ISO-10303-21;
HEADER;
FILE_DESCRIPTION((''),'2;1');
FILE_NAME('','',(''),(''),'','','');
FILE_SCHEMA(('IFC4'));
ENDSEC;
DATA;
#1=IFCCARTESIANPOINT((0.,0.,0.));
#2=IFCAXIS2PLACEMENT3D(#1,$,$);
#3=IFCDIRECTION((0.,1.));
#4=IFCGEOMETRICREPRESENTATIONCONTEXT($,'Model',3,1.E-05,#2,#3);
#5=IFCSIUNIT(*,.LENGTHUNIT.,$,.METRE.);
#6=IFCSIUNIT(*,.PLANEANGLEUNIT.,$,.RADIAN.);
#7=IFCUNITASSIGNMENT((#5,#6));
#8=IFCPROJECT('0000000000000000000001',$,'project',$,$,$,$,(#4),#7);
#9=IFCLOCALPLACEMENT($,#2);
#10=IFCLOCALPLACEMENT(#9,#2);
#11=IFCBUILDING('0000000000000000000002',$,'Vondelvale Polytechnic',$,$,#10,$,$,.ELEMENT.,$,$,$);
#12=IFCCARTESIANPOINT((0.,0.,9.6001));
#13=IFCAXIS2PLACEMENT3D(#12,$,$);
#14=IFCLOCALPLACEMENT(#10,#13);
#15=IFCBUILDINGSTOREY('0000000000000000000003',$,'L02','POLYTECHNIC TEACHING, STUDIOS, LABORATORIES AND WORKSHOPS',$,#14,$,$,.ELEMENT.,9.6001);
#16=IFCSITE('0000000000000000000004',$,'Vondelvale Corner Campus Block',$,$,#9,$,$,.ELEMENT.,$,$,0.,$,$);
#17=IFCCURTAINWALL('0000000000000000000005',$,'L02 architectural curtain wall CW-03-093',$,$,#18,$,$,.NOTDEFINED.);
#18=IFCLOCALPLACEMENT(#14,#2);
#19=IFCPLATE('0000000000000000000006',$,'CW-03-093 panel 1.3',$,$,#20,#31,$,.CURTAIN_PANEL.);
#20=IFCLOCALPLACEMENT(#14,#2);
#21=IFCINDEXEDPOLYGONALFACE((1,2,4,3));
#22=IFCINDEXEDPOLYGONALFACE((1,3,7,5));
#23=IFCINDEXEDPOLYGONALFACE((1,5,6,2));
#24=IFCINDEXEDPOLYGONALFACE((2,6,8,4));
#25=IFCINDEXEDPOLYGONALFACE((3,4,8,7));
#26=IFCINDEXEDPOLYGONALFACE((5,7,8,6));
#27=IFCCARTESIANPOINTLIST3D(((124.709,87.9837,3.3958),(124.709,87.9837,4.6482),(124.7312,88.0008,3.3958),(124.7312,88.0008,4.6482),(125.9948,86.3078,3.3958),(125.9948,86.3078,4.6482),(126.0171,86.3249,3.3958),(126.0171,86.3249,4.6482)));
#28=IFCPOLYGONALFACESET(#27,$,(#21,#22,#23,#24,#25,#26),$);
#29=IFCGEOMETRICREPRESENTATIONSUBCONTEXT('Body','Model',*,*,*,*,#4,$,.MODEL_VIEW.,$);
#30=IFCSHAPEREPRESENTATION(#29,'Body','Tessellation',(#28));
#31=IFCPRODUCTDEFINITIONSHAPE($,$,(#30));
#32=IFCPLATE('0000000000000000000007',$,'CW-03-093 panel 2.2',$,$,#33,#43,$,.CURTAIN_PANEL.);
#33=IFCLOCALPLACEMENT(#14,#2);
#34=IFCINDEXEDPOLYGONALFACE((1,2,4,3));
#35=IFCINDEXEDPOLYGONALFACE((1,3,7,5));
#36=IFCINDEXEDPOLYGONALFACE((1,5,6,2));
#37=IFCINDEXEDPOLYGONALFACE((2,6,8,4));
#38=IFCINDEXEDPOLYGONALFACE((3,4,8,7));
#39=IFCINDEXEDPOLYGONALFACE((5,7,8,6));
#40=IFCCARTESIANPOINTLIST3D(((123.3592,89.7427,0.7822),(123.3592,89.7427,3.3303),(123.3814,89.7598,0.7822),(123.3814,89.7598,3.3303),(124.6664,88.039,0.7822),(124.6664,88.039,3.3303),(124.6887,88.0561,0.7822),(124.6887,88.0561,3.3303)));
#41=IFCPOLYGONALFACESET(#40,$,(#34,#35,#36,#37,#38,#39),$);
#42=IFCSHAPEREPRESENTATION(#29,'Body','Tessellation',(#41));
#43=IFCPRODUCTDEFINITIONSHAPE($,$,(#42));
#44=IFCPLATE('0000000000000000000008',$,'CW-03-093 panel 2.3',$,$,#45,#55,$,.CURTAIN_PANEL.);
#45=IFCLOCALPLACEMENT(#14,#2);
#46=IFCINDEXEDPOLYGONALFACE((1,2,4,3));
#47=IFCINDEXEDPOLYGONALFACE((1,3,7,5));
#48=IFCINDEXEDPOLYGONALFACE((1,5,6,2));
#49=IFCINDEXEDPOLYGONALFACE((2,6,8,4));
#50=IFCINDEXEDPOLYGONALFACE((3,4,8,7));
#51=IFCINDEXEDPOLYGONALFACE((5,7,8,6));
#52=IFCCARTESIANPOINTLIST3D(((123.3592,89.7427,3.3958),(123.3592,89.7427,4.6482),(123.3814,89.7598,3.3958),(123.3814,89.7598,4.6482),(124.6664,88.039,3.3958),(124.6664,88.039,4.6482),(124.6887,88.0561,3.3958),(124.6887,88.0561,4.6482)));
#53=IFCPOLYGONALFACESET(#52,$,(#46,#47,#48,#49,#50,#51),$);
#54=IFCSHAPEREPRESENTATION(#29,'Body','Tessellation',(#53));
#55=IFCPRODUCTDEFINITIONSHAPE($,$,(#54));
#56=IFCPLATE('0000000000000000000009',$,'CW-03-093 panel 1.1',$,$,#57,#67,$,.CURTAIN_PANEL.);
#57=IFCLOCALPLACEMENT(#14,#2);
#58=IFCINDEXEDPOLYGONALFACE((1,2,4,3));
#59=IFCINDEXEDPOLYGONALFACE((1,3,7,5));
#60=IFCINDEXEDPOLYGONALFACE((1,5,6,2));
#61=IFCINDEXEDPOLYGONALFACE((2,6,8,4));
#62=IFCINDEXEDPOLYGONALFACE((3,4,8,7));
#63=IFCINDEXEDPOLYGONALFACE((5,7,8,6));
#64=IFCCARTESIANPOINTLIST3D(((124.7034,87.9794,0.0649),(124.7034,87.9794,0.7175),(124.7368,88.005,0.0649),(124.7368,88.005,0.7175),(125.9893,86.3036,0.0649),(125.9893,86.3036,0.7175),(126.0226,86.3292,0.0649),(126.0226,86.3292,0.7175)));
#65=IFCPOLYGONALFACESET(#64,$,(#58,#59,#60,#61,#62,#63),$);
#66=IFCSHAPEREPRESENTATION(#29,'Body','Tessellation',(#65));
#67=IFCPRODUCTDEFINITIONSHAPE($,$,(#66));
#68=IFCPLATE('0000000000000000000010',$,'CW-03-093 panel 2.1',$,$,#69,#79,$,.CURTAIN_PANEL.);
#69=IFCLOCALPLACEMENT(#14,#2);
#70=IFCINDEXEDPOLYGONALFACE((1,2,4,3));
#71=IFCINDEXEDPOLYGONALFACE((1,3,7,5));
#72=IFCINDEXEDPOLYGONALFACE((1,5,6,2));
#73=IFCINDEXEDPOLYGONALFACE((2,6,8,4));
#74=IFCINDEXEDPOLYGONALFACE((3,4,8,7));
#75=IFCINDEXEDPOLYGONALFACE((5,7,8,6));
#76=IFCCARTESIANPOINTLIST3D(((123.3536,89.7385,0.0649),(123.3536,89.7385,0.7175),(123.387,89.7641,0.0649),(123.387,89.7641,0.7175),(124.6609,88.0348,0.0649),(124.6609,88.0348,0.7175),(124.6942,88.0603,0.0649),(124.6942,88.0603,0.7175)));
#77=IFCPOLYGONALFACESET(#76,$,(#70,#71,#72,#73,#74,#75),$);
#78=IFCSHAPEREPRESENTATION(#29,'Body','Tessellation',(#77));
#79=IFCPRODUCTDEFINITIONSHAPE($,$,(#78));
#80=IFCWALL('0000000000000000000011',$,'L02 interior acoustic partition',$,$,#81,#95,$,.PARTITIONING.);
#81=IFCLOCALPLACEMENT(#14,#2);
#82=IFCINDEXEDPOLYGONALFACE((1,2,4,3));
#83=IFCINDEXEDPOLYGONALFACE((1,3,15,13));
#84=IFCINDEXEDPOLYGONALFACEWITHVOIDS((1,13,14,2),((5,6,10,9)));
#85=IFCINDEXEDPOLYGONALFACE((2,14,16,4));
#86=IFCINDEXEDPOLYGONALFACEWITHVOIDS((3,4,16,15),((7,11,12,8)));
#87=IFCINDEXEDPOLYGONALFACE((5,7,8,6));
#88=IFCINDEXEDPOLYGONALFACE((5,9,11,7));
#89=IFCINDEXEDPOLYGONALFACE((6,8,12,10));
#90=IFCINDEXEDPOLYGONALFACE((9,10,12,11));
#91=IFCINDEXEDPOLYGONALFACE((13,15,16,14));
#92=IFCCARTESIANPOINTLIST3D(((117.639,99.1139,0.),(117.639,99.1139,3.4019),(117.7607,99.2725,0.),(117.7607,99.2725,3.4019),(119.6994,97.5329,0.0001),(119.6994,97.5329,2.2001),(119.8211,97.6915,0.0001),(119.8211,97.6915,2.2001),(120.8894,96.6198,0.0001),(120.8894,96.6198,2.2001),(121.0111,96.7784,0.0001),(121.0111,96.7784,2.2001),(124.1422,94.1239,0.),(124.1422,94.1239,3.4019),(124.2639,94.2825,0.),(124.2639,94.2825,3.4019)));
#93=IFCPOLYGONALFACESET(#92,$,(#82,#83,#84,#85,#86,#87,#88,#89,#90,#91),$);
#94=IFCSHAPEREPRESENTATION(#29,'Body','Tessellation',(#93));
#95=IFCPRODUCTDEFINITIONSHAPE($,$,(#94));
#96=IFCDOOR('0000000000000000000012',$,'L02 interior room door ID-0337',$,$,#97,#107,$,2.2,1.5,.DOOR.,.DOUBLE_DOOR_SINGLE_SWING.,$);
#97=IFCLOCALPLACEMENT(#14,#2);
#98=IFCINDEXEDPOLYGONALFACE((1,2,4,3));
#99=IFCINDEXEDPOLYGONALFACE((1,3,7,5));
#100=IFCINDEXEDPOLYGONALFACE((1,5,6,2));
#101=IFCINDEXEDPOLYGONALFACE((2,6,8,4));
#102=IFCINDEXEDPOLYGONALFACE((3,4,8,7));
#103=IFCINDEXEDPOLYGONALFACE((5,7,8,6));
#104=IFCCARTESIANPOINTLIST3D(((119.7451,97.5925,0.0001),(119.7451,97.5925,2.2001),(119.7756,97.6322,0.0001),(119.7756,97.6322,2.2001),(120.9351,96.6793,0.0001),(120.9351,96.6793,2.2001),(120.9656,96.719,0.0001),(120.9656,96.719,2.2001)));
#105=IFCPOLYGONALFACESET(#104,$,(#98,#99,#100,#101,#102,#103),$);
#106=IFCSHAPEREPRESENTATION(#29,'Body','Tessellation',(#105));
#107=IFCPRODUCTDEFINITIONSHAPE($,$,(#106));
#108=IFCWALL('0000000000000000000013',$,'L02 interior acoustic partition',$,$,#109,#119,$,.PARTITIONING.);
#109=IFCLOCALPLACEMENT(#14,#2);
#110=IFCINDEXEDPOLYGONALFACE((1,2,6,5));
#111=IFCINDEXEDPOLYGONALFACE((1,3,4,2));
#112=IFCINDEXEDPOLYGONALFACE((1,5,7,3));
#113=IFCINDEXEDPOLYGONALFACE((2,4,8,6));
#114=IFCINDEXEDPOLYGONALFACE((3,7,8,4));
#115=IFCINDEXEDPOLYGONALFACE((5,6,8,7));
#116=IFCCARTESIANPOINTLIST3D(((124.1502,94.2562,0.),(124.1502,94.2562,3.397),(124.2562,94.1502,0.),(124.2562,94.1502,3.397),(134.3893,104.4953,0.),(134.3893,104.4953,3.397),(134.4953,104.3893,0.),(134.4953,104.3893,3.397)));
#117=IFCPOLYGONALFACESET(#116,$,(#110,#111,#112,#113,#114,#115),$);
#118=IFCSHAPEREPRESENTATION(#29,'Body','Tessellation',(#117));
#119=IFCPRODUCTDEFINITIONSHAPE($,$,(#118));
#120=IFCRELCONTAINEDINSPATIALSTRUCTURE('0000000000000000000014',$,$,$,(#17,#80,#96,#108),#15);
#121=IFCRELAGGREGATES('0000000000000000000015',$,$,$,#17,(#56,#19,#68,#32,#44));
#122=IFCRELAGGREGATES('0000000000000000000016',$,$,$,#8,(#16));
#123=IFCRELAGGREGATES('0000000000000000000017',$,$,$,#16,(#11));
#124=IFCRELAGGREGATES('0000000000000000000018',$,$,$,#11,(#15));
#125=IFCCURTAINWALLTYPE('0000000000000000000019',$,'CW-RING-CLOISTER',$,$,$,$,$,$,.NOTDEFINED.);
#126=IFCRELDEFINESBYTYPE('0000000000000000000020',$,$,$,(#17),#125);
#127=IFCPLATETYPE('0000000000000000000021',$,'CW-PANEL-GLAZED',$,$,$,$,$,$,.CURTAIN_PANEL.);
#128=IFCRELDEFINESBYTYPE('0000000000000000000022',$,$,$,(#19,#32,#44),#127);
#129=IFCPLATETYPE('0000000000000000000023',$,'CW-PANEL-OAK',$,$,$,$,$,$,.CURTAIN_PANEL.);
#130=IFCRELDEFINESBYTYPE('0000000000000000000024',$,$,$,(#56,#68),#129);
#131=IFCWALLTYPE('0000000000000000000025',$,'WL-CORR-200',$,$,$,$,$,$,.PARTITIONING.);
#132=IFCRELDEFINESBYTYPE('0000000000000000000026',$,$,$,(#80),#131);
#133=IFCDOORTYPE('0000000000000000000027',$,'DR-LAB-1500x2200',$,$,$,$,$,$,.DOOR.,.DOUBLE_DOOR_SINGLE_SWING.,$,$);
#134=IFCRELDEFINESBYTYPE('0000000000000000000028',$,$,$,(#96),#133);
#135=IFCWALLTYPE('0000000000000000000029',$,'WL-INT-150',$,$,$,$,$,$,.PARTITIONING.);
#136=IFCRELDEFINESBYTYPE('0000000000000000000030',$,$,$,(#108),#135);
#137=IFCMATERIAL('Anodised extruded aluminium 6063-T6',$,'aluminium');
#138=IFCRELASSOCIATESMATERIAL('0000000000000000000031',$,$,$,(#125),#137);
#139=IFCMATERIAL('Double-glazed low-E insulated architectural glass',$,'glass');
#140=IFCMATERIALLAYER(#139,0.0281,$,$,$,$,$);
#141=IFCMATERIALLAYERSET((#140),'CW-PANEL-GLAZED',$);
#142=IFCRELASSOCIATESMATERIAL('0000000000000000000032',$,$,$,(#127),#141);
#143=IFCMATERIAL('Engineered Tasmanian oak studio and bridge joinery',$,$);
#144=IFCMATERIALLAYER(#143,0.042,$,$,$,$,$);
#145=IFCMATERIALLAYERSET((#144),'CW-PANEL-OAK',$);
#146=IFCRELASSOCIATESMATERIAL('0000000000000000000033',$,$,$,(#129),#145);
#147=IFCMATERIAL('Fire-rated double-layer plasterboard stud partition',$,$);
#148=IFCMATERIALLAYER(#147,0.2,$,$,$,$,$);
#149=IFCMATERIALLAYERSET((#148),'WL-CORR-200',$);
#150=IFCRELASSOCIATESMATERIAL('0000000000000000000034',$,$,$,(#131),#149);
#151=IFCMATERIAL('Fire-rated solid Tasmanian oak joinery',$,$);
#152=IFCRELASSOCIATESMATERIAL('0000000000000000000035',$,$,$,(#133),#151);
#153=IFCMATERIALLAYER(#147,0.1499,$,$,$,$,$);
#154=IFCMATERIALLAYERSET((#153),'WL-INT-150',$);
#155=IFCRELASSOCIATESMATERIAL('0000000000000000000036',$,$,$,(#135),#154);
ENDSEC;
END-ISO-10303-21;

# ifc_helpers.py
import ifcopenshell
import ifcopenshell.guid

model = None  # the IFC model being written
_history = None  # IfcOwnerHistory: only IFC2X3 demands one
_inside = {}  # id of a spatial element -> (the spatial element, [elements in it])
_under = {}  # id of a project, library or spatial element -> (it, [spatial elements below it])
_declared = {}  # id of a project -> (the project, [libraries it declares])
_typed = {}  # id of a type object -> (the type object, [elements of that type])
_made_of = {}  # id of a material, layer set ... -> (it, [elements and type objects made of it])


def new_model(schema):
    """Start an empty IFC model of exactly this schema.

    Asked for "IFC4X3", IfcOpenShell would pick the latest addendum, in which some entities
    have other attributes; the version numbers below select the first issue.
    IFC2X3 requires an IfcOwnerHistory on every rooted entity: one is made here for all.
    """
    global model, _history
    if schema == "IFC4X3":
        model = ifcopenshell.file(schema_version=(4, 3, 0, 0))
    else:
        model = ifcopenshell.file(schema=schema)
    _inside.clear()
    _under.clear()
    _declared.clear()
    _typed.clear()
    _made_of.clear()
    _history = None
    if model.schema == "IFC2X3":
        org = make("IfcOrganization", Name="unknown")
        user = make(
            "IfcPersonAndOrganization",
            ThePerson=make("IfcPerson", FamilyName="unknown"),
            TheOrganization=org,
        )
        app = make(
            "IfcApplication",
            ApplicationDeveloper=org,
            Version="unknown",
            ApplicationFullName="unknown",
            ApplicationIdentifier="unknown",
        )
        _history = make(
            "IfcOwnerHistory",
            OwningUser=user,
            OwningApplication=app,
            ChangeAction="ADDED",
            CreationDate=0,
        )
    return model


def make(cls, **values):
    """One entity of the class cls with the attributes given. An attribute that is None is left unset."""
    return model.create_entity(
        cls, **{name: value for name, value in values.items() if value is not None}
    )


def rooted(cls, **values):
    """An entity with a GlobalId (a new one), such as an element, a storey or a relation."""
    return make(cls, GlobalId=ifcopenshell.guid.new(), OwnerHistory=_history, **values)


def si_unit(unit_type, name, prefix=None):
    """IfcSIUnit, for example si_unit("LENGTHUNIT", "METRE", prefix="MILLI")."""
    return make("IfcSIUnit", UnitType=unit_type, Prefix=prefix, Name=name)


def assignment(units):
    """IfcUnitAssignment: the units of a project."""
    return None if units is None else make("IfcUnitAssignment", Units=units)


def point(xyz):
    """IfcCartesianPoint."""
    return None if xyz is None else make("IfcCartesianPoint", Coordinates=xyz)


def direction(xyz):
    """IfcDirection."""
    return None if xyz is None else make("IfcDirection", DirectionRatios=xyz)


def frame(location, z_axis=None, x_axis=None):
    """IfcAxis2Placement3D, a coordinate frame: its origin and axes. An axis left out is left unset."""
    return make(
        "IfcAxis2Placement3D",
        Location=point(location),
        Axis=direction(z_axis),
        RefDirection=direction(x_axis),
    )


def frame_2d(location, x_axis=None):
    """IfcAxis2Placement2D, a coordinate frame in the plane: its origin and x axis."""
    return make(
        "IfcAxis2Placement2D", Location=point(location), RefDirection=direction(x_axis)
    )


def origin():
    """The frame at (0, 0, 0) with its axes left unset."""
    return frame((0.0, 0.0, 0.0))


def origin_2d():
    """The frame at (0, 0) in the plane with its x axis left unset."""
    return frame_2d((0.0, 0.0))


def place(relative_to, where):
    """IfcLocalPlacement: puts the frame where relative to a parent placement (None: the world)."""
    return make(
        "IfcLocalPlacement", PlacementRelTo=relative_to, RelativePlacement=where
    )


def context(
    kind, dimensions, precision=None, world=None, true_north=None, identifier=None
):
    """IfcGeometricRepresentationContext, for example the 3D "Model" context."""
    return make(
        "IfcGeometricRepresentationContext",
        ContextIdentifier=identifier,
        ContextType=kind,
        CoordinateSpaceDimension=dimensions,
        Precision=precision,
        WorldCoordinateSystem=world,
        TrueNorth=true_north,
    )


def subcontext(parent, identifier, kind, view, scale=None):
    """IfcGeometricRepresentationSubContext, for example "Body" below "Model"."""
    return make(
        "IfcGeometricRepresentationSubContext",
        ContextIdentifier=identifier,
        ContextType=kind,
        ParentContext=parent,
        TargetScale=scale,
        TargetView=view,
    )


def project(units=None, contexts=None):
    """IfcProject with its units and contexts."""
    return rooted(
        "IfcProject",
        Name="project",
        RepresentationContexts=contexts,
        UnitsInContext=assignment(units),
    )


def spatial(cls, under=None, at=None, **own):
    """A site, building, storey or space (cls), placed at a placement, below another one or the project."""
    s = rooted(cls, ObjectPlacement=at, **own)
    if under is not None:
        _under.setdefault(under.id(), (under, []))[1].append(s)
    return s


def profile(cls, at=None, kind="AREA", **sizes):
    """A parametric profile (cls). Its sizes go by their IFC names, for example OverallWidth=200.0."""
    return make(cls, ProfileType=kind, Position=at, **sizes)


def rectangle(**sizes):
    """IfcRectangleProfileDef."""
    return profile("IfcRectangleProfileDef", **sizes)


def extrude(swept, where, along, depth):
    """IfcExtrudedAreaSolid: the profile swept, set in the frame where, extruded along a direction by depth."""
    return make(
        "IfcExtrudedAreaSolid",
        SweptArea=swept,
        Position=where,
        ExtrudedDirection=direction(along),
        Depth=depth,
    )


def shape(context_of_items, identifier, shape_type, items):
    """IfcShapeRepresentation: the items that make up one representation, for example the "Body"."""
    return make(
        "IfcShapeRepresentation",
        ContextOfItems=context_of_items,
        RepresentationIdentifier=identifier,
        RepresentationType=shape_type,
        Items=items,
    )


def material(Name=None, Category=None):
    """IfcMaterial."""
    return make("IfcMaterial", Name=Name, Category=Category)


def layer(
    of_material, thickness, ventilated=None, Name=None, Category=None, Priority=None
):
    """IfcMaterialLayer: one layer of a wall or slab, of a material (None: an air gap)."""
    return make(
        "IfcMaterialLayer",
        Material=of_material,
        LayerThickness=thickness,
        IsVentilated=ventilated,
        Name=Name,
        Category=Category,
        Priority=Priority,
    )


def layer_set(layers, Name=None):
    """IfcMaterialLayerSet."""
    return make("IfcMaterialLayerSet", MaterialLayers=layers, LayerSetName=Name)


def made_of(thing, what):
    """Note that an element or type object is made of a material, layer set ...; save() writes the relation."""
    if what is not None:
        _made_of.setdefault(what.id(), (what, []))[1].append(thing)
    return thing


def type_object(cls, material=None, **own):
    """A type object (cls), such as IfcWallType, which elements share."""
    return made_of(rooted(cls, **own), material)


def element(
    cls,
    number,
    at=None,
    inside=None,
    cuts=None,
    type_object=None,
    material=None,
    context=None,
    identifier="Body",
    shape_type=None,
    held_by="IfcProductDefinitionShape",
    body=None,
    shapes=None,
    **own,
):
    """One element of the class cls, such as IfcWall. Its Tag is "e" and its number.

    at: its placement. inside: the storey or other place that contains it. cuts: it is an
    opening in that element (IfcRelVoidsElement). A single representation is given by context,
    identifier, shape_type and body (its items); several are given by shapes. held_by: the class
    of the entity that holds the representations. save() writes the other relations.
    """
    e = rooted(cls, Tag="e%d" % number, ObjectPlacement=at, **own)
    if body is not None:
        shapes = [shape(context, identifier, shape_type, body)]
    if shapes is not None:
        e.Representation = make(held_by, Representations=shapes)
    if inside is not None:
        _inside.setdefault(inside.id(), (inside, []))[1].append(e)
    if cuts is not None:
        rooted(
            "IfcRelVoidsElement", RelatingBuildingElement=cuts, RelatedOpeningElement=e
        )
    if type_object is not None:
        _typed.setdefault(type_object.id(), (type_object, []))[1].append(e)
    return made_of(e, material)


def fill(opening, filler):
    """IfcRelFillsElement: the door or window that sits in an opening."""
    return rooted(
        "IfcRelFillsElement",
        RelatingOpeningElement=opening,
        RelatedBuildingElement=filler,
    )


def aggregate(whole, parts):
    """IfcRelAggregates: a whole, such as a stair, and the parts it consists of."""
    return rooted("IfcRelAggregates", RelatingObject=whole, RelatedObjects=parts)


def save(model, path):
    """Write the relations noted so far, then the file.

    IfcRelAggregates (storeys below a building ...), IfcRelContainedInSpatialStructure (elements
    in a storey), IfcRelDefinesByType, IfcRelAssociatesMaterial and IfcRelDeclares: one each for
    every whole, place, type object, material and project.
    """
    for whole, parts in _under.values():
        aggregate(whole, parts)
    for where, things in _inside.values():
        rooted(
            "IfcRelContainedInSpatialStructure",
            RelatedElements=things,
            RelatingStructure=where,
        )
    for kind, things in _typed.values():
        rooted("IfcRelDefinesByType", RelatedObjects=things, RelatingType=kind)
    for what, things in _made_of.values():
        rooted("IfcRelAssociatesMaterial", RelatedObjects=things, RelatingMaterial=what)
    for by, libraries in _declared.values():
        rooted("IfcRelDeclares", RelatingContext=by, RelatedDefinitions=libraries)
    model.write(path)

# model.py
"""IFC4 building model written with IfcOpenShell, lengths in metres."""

from ifc_helpers import new_model, si_unit, direction, frame, frame_2d, origin, origin_2d, place, context, subcontext, project, spatial, rectangle, extrude, material, layer, layer_set, type_object, element, fill, aggregate, save


model = new_model("IFC4")

# Units and contexts
model_context = context("Model", 3, precision=1e-05, world=origin(), true_north=direction((0.0, 1.0)))
body_context = subcontext(model_context, "Body", "Model", "MODEL_VIEW")
ifc_project = project(units=[si_unit("LENGTHUNIT", "METRE"), si_unit("PLANEANGLEUNIT", "RADIAN")], contexts=[model_context])

# Site, building, storey
site_placement = place(None, origin())
site = spatial("IfcSite", under=ifc_project, at=site_placement, Name="Vondelvale Corner Campus Block", CompositionType="ELEMENT", RefElevation=0.0)
building_placement = place(site_placement, origin())
building = spatial("IfcBuilding", under=site, at=building_placement, Name="Vondelvale Polytechnic", CompositionType="ELEMENT")
storey_placement = place(building_placement, frame((0.0, 0.0, 9.6001)))
storey = spatial("IfcBuildingStorey", under=building, at=storey_placement, Name="L02", Description="POLYTECHNIC TEACHING, STUDIOS, LABORATORIES AND WORKSHOPS", CompositionType="ELEMENT", Elevation=9.6001)

# Curtain wall, plates
ifc_material_1 = material(Name="Anodised extruded aluminium 6063-T6", Category="aluminium")
curtain_wall_type = type_object("IfcCurtainWallType", Name="CW-RING-CLOISTER", PredefinedType="NOTDEFINED", material=ifc_material_1)
curtain_wall_placement = place(storey_placement, origin())
curtain_wall = element("IfcCurtainWall", 1, at=curtain_wall_placement, inside=storey, type_object=curtain_wall_type, Name="L02 architectural curtain wall CW-03-093", PredefinedType="NOTDEFINED")
ifc_material_2 = material(Name="Double-glazed low-E insulated architectural glass", Category="glass")
ifc_layer_1 = layer(ifc_material_2, 0.0281)
ifc_layer_set_1 = layer_set([ifc_layer_1], Name="CW-PANEL-GLAZED")
plate_type_1 = type_object("IfcPlateType", Name="CW-PANEL-GLAZED", PredefinedType="CURTAIN_PANEL", material=ifc_layer_set_1)
plate_1_placement = place(storey_placement, frame((125.363, 87.1543, 3.3958), z_axis=(0.0, 0.0, 1.0), x_axis=(-0.608748, 0.793364, 0.0)))
plate_1 = element("IfcPlate", 2, at=plate_1_placement, type_object=plate_type_1, Name="CW-03-093 panel 1.3", PredefinedType="CURTAIN_PANEL", context=body_context, shape_type="SweptSolid", body=[
    extrude(rectangle(XDim=2.1123, YDim=0.0281, at=origin_2d()), origin(), (0.0, 0.0, 1.0), 1.2524),
])
plate_2_placement = place(storey_placement, frame((124.0239, 88.8994, 0.7822), z_axis=(0.0, 0.0, 1.0), x_axis=(-0.608748, 0.793364, 0.0)))
plate_2 = element("IfcPlate", 3, at=plate_2_placement, type_object=plate_type_1, Name="CW-03-093 panel 2.2", PredefinedType="CURTAIN_PANEL", context=body_context, shape_type="SweptSolid", body=[
    extrude(rectangle(XDim=2.1475, YDim=0.0281, at=origin_2d()), origin(), (0.0, 0.0, 1.0), 2.5481),
])
plate_3_placement = place(storey_placement, frame((124.0239, 88.8994, 3.3958), z_axis=(0.0, 0.0, 1.0), x_axis=(-0.608748, 0.793364, 0.0)))
plate_3 = element("IfcPlate", 4, at=plate_3_placement, type_object=plate_type_1, Name="CW-03-093 panel 2.3", PredefinedType="CURTAIN_PANEL", context=body_context, shape_type="SweptSolid", body=[
    extrude(rectangle(XDim=2.1475, YDim=0.0281, at=origin_2d()), origin(), (0.0, 0.0, 1.0), 1.2524),
])
ifc_material_3 = material(Name="Engineered Tasmanian oak studio and bridge joinery")
ifc_layer_2 = layer(ifc_material_3, 0.042)
ifc_layer_set_2 = layer_set([ifc_layer_2], Name="CW-PANEL-OAK")
plate_type_2 = type_object("IfcPlateType", Name="CW-PANEL-OAK", PredefinedType="CURTAIN_PANEL", material=ifc_layer_set_2)
plate_4_placement = place(storey_placement, frame((125.363, 87.1543, 0.0649), z_axis=(0.0, 0.0, 1.0), x_axis=(-0.608748, 0.793364, 0.0)))
plate_4 = element("IfcPlate", 5, at=plate_4_placement, type_object=plate_type_2, Name="CW-03-093 panel 1.1", PredefinedType="CURTAIN_PANEL", context=body_context, shape_type="SweptSolid", body=[
    extrude(rectangle(XDim=2.1123, YDim=0.042, at=origin_2d()), origin(), (0.0, 0.0, 1.0), 0.6526),
])
plate_5_placement = place(storey_placement, frame((124.0239, 88.8994, 0.0649), z_axis=(0.0, 0.0, 1.0), x_axis=(-0.608748, 0.793364, 0.0)))
plate_5 = element("IfcPlate", 6, at=plate_5_placement, type_object=plate_type_2, Name="CW-03-093 panel 2.1", PredefinedType="CURTAIN_PANEL", context=body_context, shape_type="SweptSolid", body=[
    extrude(rectangle(XDim=2.1475, YDim=0.042, at=origin_2d()), origin(), (0.0, 0.0, 1.0), 0.6526),
])
aggregate(curtain_wall, [plate_4, plate_1, plate_5, plate_2, plate_3])

# Wall, opening, door
ifc_material_4 = material(Name="Fire-rated double-layer plasterboard stud partition")
ifc_layer_3 = layer(ifc_material_4, 0.2)
ifc_layer_set_3 = layer_set([ifc_layer_3], Name="WL-CORR-200")
wall_type_1 = type_object("IfcWallType", Name="WL-CORR-200", PredefinedType="PARTITIONING", material=ifc_layer_set_3)
wall_1_placement = place(storey_placement, frame((124.2031, 94.2031, 0.0), z_axis=(0.0, 0.0, 1.0), x_axis=(-0.793357, 0.608756, 0.0)))
wall_1 = element("IfcWall", 7, at=wall_1_placement, inside=storey, type_object=wall_type_1, Name="L02 interior acoustic partition", PredefinedType="PARTITIONING", context=body_context, shape_type="SweptSolid", body=[
    extrude(rectangle(XDim=8.197, YDim=0.2, at=frame_2d((4.0986, 0.0))), origin(), (0.0, 0.0, 1.0), 3.4019),
])
opening_placement = place(wall_1_placement, frame((4.1001, 0.0, 0.0)))
opening = element("IfcOpeningElement", 8, at=opening_placement, cuts=wall_1, PredefinedType="OPENING", context=body_context, shape_type="SweptSolid", body=[
    extrude(rectangle(XDim=1.5, YDim=2.2, at=frame_2d((0.75, 1.1001))), frame((0.0, 0.1099, 0.0), z_axis=(0.0, -1.0, 0.0), x_axis=(1.0, 0.0, 0.0)), (0.0, 0.0, 1.0), 0.22),
])
ifc_material_5 = material(Name="Fire-rated solid Tasmanian oak joinery")
door_type = type_object("IfcDoorType", Name="DR-LAB-1500x2200", OperationType="DOUBLE_DOOR_SINGLE_SWING", PredefinedType="DOOR", material=ifc_material_5)
door_placement = place(opening_placement, origin())
door = element("IfcDoor", 9, at=door_placement, inside=storey, type_object=door_type, Name="L02 interior room door ID-0337", OperationType="DOUBLE_DOOR_SINGLE_SWING", OverallHeight=2.2, OverallWidth=1.5, PredefinedType="DOOR", context=body_context, shape_type="SweptSolid", body=[
    extrude(rectangle(XDim=1.5, YDim=2.2, at=frame_2d((0.75, 1.1001))), frame((0.0, 0.0249, 0.0), z_axis=(0.0, -1.0, 0.0), x_axis=(1.0, 0.0, 0.0)), (0.0, 0.0, 1.0), 0.05),
])
fill(opening, door)

# Wall
ifc_layer_4 = layer(ifc_material_4, 0.1499)
ifc_layer_set_4 = layer_set([ifc_layer_4], Name="WL-INT-150")
wall_type_2 = type_object("IfcWallType", Name="WL-INT-150", PredefinedType="PARTITIONING", material=ifc_layer_set_4)
wall_2_placement = place(storey_placement, frame((124.2031, 94.2031, 0.0), z_axis=(0.0, 0.0, 1.0), x_axis=(0.707107, 0.707107, 0.0)))
element("IfcWall", 10, at=wall_2_placement, inside=storey, type_object=wall_type_2, Name="L02 interior acoustic partition", PredefinedType="PARTITIONING", context=body_context, shape_type="SweptSolid", body=[
    extrude(rectangle(XDim=14.4802, YDim=0.1499, at=frame_2d((7.2402, 0.0))), origin(), (0.0, 0.0, 1.0), 3.397),
])

save(model, "model.ifc")
